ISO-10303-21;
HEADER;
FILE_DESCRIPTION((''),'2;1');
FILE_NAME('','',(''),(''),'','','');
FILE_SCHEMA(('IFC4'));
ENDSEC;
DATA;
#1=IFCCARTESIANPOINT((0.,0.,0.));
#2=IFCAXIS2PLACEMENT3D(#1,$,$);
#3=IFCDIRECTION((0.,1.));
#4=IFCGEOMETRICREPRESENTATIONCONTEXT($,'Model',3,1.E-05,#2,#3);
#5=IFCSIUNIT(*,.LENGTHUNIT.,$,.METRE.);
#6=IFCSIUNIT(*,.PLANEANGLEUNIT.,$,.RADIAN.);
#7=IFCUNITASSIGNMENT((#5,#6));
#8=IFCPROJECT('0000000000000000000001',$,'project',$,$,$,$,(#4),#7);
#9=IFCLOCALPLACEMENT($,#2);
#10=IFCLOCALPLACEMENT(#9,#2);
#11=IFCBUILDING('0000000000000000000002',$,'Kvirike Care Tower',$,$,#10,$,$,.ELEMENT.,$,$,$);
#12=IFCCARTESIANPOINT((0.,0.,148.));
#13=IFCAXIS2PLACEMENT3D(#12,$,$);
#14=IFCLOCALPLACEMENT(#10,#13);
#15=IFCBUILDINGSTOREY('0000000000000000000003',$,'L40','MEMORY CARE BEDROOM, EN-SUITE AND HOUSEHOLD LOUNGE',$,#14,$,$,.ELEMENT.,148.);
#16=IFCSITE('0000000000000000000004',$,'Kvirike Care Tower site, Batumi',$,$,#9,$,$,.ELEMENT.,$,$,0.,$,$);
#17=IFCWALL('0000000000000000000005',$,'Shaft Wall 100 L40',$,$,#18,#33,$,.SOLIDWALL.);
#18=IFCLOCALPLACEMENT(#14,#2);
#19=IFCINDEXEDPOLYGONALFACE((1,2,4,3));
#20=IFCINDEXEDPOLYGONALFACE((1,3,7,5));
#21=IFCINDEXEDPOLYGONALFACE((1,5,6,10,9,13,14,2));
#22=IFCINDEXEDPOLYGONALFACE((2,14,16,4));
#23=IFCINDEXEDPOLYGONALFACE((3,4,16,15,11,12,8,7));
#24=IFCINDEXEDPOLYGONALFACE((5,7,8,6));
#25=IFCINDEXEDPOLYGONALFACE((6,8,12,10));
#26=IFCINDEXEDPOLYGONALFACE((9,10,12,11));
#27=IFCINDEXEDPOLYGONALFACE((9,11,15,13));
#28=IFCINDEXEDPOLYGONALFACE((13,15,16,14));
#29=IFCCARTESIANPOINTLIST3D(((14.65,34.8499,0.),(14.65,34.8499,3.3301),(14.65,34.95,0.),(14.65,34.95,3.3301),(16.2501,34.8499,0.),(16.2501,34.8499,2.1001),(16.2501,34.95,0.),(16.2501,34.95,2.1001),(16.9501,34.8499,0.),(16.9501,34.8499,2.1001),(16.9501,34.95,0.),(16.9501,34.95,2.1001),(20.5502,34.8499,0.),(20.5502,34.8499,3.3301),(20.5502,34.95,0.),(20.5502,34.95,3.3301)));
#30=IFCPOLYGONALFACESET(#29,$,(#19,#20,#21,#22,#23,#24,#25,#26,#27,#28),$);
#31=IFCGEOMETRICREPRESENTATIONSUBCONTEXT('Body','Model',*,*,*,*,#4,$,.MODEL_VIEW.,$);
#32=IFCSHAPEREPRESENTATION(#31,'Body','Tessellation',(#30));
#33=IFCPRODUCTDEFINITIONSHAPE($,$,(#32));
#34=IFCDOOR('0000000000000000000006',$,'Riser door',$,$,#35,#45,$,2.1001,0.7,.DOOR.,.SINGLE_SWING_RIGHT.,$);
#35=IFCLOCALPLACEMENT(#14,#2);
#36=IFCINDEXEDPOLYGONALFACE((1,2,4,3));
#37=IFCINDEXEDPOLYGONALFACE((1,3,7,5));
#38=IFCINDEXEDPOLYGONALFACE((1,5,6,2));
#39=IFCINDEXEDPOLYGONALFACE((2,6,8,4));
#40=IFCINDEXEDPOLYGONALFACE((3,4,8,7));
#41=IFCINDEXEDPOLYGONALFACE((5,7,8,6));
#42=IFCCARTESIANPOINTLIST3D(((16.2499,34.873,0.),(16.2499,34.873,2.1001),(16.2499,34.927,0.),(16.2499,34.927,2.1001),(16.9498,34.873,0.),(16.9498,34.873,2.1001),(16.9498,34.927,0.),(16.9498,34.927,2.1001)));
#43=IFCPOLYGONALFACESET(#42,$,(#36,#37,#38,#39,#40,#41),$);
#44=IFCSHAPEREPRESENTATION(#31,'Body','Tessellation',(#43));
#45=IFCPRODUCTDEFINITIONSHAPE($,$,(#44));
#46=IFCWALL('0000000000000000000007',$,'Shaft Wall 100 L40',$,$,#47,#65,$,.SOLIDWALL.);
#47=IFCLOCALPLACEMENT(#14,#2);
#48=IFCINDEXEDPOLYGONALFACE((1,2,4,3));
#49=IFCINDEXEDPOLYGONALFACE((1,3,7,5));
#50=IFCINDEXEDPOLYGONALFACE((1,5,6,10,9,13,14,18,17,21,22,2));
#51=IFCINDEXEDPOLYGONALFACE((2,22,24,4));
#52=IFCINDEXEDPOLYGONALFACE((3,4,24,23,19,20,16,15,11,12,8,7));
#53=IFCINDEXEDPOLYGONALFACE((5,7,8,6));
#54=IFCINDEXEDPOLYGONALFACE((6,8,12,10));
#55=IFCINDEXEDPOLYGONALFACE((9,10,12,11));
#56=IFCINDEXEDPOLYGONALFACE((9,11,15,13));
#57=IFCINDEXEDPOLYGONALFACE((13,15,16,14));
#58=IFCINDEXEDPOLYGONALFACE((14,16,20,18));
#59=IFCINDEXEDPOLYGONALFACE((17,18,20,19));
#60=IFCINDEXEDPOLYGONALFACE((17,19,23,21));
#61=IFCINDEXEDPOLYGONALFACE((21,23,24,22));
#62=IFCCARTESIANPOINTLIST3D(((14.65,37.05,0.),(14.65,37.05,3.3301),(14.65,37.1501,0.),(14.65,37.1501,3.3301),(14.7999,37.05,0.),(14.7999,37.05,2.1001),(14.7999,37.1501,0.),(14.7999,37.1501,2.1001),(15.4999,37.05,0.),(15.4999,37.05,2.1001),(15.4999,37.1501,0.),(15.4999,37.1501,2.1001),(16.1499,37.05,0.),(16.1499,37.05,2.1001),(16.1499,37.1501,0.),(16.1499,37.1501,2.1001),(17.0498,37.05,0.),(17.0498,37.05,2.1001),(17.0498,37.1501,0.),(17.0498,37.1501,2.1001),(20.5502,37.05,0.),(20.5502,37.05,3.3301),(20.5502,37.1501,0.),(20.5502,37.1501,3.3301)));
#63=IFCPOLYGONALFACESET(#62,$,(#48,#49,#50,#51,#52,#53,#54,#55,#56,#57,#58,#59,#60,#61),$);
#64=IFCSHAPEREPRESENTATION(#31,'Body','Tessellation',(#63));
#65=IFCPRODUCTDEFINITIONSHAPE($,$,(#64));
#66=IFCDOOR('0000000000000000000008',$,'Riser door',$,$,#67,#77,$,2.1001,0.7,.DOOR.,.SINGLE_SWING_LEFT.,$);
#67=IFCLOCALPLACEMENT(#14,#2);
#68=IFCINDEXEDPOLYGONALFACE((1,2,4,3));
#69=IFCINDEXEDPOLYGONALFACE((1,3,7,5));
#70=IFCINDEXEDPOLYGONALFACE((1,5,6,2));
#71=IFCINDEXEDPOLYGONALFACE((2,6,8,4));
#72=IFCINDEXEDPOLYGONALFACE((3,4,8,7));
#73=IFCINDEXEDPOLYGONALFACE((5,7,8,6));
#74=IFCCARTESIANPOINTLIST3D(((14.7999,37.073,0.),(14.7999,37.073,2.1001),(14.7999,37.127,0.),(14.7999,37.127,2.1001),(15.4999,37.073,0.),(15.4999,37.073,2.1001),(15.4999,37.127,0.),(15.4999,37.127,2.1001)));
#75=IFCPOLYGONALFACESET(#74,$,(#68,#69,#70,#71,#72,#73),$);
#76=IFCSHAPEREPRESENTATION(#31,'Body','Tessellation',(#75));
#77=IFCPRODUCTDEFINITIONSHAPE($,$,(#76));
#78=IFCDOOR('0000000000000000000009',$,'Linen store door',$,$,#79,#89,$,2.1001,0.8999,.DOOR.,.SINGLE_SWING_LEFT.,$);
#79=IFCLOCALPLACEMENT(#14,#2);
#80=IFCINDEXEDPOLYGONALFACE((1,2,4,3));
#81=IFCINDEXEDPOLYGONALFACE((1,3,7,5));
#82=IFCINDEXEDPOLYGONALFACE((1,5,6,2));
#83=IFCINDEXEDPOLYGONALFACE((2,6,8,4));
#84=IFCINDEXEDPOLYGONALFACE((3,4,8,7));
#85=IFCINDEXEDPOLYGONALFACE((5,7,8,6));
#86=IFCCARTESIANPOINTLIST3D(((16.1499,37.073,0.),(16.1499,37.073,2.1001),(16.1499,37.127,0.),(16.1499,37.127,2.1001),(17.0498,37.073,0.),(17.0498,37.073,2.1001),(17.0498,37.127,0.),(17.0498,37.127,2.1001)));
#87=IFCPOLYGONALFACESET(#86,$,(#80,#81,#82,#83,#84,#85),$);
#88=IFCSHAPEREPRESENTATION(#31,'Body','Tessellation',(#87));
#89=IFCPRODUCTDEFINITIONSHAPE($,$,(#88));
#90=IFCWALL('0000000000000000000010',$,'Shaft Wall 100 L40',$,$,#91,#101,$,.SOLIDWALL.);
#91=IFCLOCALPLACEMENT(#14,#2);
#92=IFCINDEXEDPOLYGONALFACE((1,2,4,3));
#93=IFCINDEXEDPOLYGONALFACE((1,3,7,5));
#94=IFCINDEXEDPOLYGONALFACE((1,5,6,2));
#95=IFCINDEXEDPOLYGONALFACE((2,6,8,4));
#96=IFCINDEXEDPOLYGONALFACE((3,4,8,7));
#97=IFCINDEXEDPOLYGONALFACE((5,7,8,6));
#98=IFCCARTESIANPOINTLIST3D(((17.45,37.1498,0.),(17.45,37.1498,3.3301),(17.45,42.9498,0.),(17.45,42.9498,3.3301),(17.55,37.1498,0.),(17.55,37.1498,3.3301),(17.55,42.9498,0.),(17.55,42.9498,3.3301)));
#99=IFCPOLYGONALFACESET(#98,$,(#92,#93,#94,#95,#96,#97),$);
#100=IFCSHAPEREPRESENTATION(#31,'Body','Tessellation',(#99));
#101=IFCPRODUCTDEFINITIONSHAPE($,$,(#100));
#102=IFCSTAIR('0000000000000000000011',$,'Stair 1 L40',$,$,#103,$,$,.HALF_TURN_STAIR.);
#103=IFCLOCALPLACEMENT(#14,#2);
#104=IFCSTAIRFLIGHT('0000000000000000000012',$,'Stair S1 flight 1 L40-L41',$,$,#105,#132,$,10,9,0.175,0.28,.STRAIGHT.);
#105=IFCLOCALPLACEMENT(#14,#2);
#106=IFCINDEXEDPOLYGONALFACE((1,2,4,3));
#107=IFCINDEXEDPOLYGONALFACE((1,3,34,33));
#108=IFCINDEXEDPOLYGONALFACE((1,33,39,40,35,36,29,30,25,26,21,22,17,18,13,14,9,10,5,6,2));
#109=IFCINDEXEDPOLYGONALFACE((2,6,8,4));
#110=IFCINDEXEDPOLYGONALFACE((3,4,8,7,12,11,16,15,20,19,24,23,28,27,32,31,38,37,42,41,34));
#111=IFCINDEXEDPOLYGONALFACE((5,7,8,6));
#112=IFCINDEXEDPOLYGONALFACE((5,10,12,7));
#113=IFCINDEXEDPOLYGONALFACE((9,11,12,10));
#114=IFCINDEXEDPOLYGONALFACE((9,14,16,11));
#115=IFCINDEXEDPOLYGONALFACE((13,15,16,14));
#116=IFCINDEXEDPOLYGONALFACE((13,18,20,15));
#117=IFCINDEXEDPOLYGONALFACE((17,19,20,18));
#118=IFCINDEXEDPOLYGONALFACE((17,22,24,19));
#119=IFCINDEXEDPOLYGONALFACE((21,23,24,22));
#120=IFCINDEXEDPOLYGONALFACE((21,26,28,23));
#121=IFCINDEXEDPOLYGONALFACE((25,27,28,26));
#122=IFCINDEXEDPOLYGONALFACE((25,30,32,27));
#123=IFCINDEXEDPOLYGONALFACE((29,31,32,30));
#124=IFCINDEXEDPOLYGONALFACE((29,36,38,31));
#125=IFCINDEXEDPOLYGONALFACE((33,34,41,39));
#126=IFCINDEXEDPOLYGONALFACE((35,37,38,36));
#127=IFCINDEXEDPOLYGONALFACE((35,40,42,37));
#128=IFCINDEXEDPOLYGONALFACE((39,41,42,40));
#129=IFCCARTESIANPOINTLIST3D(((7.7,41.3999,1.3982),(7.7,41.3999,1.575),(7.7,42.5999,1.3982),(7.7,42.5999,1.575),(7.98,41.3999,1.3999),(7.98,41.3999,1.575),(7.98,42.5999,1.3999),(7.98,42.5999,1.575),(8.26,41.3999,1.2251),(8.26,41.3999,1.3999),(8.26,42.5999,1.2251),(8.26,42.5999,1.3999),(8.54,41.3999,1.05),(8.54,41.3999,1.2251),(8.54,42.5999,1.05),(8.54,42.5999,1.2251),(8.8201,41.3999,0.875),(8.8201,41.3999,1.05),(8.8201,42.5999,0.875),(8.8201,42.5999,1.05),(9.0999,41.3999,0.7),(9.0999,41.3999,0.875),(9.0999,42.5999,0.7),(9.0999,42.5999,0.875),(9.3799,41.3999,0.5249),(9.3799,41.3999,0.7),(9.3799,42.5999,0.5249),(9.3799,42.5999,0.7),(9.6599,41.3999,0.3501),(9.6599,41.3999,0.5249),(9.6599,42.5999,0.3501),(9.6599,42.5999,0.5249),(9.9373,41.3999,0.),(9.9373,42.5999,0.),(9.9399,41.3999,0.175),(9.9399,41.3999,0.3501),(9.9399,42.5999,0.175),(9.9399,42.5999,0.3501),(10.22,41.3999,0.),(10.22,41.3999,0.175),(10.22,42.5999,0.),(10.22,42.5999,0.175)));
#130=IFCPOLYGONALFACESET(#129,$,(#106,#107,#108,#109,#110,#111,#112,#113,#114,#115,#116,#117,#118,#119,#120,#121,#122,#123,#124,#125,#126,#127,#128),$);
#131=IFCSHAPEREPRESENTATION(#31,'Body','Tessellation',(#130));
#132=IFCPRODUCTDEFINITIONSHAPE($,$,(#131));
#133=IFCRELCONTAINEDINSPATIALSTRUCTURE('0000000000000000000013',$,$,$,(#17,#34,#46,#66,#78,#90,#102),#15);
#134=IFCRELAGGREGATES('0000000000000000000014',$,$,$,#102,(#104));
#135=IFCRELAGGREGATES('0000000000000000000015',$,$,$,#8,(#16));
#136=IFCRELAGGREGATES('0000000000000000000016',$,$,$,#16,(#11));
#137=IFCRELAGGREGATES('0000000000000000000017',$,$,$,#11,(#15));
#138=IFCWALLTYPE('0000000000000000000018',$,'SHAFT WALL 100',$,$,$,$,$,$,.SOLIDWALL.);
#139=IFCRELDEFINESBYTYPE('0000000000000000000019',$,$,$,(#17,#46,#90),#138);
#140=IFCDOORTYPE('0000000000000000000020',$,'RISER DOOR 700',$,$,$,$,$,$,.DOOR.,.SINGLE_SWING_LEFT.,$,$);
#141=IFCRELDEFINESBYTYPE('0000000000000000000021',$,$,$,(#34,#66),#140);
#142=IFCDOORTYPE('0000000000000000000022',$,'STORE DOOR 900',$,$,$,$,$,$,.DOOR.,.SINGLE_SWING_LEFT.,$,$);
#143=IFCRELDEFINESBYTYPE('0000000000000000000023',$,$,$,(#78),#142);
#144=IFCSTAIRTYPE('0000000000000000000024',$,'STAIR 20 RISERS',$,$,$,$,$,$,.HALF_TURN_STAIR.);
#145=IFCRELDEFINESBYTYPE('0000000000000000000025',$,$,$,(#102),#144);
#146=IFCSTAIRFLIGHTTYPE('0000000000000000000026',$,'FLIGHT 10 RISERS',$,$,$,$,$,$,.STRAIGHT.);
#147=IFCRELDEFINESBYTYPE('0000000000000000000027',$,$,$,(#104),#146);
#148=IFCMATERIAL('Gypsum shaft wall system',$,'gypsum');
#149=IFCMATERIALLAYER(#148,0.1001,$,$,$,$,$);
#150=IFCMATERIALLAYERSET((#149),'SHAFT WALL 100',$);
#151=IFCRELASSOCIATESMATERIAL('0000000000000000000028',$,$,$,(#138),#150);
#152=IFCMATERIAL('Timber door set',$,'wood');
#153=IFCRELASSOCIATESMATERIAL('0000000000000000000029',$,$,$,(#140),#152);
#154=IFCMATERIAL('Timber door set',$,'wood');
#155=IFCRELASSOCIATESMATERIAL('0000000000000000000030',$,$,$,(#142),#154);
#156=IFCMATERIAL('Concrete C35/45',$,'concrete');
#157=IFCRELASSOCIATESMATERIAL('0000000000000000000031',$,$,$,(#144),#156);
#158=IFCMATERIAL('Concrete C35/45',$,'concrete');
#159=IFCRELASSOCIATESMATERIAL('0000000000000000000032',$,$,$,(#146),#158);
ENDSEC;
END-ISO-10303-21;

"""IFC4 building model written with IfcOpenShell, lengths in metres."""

from ifc_helpers import new_model, si_unit, direction, frame, frame_2d, origin, place, context, subcontext, project, spatial, polyline, rectangle, outline, extrude, material, layer, layer_set, type_object, element, fill, aggregate, save


model = new_model("IFC4")

# Units and contexts
model_context = context("Model", 3, precision=1e-05, world=origin(), true_north=direction((0.0, 1.0)))
body_context = subcontext(model_context, "Body", "Model", "MODEL_VIEW")
ifc_project = project(units=[si_unit("LENGTHUNIT", "METRE"), si_unit("PLANEANGLEUNIT", "RADIAN")], contexts=[model_context])

# Site, building, storey
site_placement = place(None, origin())
site = spatial("IfcSite", under=ifc_project, at=site_placement, Name="Kvirike Care Tower site, Batumi", CompositionType="ELEMENT", RefElevation=0.0)
building_placement = place(site_placement, origin())
building = spatial("IfcBuilding", under=site, at=building_placement, Name="Kvirike Care Tower", CompositionType="ELEMENT")
storey_placement = place(building_placement, frame((0.0, 0.0, 148.0)))
storey = spatial("IfcBuildingStorey", under=building, at=storey_placement, Name="L40", Description="MEMORY CARE BEDROOM, EN-SUITE AND HOUSEHOLD LOUNGE", CompositionType="ELEMENT", Elevation=148.0)

# Shared definitions
ifc_material_1 = material(Name="Gypsum shaft wall system", Category="gypsum")
ifc_layer_1 = layer(ifc_material_1, 0.1001)
ifc_layer_set_1 = layer_set([ifc_layer_1], Name="SHAFT WALL 100")
wall_type_1 = type_object("IfcWallType", Name="SHAFT WALL 100", PredefinedType="SOLIDWALL", material=ifc_layer_set_1)

# Wall, opening, door
wall_1_placement = place(storey_placement, frame((14.6499, 34.8999, 0.0), z_axis=(0.0, 0.0, 1.0), x_axis=(1.0, 0.0, 0.0)))
wall_1 = element("IfcWall", 1, at=wall_1_placement, inside=storey, type_object=wall_type_1, Name="Shaft Wall 100 L40", PredefinedType="SOLIDWALL", context=body_context, shape_type="SweptSolid", body=[
    extrude(rectangle(XDim=5.9001, YDim=0.1001, at=frame_2d((2.9502, 0.0))), origin(), (0.0, 0.0, 1.0), 3.3301),
])
opening_1_placement = place(wall_1_placement, frame((1.6001, 0.0, 0.0)))
opening_1 = element("IfcOpeningElement", 2, at=opening_1_placement, cuts=wall_1, PredefinedType="OPENING", context=body_context, shape_type="SweptSolid", body=[
    extrude(rectangle(XDim=0.7, YDim=2.1001, at=frame_2d((0.3501, 1.05))), frame((0.0, 0.0605, 0.0), z_axis=(0.0, -1.0, 0.0), x_axis=(1.0, 0.0, 0.0)), (0.0, 0.0, 1.0), 0.1211),
])
ifc_material_2 = material(Name="Timber door set", Category="wood")
door_type_1 = type_object("IfcDoorType", Name="RISER DOOR 700", OperationType="SINGLE_SWING_LEFT", PredefinedType="DOOR", material=ifc_material_2)
door_1_placement = place(opening_1_placement, frame((0.7, 0.0, 0.0), z_axis=(0.0, 0.0, 1.0), x_axis=(-1.0, 0.0, 0.0)))
door_1 = element("IfcDoor", 3, at=door_1_placement, inside=storey, type_object=door_type_1, Name="Riser door", OperationType="SINGLE_SWING_RIGHT", OverallHeight=2.1001, OverallWidth=0.7, PredefinedType="DOOR", context=body_context, shape_type="SweptSolid", body=[
    extrude(rectangle(XDim=0.7, YDim=2.1001, at=frame_2d((0.3501, 1.05))), frame((0.0, 0.0269, 0.0), z_axis=(0.0, -1.0, 0.0), x_axis=(1.0, 0.0, 0.0)), (0.0, 0.0, 1.0), 0.054),
])
fill(opening_1, door_1)

# Wall, openings, doors
wall_2_placement = place(storey_placement, frame((14.6499, 37.1001, 0.0), z_axis=(0.0, 0.0, 1.0), x_axis=(1.0, 0.0, 0.0)))
wall_2 = element("IfcWall", 4, at=wall_2_placement, inside=storey, type_object=wall_type_1, Name="Shaft Wall 100 L40", PredefinedType="SOLIDWALL", context=body_context, shape_type="SweptSolid", body=[
    extrude(rectangle(XDim=5.9001, YDim=0.1001, at=frame_2d((2.9502, 0.0))), origin(), (0.0, 0.0, 1.0), 3.3301),
])
opening_2_placement = place(wall_2_placement, frame((0.1499, 0.0, 0.0)))
opening_2 = element("IfcOpeningElement", 5, at=opening_2_placement, cuts=wall_2, PredefinedType="OPENING", context=body_context, shape_type="SweptSolid", body=[
    extrude(rectangle(XDim=0.7, YDim=2.1001, at=frame_2d((0.3501, 1.05))), frame((0.0, 0.0605, 0.0), z_axis=(0.0, -1.0, 0.0), x_axis=(1.0, 0.0, 0.0)), (0.0, 0.0, 1.0), 0.1211),
])
opening_3_placement = place(wall_2_placement, frame((1.5, 0.0, 0.0)))
opening_3 = element("IfcOpeningElement", 6, at=opening_3_placement, cuts=wall_2, PredefinedType="OPENING", context=body_context, shape_type="SweptSolid", body=[
    extrude(rectangle(XDim=0.8999, YDim=2.1001, at=frame_2d((0.45, 1.05))), frame((0.0, 0.0605, 0.0), z_axis=(0.0, -1.0, 0.0), x_axis=(1.0, 0.0, 0.0)), (0.0, 0.0, 1.0), 0.1211),
])
door_2_placement = place(opening_2_placement, origin())
door_2 = element("IfcDoor", 7, at=door_2_placement, inside=storey, type_object=door_type_1, Name="Riser door", OperationType="SINGLE_SWING_LEFT", OverallHeight=2.1001, OverallWidth=0.7, PredefinedType="DOOR", context=body_context, shape_type="SweptSolid", body=[
    extrude(rectangle(XDim=0.7, YDim=2.1001, at=frame_2d((0.3501, 1.05))), frame((0.0, 0.0269, 0.0), z_axis=(0.0, -1.0, 0.0), x_axis=(1.0, 0.0, 0.0)), (0.0, 0.0, 1.0), 0.054),
])
fill(opening_2, door_2)
ifc_material_3 = material(Name="Timber door set", Category="wood")
door_type_2 = type_object("IfcDoorType", Name="STORE DOOR 900", OperationType="SINGLE_SWING_LEFT", PredefinedType="DOOR", material=ifc_material_3)
door_3_placement = place(opening_3_placement, origin())
door_3 = element("IfcDoor", 8, at=door_3_placement, inside=storey, type_object=door_type_2, Name="Linen store door", OperationType="SINGLE_SWING_LEFT", OverallHeight=2.1001, OverallWidth=0.8999, PredefinedType="DOOR", context=body_context, shape_type="SweptSolid", body=[
    extrude(rectangle(XDim=0.8999, YDim=2.1001, at=frame_2d((0.45, 1.05))), frame((0.0, 0.0269, 0.0), z_axis=(0.0, -1.0, 0.0), x_axis=(1.0, 0.0, 0.0)), (0.0, 0.0, 1.0), 0.054),
])
fill(opening_3, door_3)

# Wall
wall_3_placement = place(storey_placement, frame((17.5, 37.1499, 0.0), z_axis=(0.0, 0.0, 1.0), x_axis=(0.0, 1.0, 0.0)))
element("IfcWall", 9, at=wall_3_placement, inside=storey, type_object=wall_type_1, Name="Shaft Wall 100 L40", PredefinedType="SOLIDWALL", context=body_context, shape_type="SweptSolid", body=[
    extrude(rectangle(XDim=5.8, YDim=0.1001, at=frame_2d((2.8999, 0.0))), origin(), (0.0, 0.0, 1.0), 3.3301),
])

# Stair, stair flight
ifc_material_4 = material(Name="Concrete C35/45", Category="concrete")
stair_type = type_object("IfcStairType", Name="STAIR 20 RISERS", PredefinedType="HALF_TURN_STAIR", material=ifc_material_4)
stair_placement = place(storey_placement, origin())
stair = element("IfcStair", 10, at=stair_placement, inside=storey, type_object=stair_type, Name="Stair 1 L40", PredefinedType="HALF_TURN_STAIR")
ifc_material_5 = material(Name="Concrete C35/45", Category="concrete")
stair_flight_type = type_object("IfcStairFlightType", Name="FLIGHT 10 RISERS", PredefinedType="STRAIGHT", material=ifc_material_5)
stair_flight_placement = place(storey_placement, frame((10.22, 42.0, 0.0), z_axis=(0.0, 0.0, 1.0), x_axis=(-1.0, 0.0, 0.0)))
stair_flight = element("IfcStairFlight", 11, at=stair_flight_placement, type_object=stair_flight_type, Name="Stair S1 flight 1 L40-L41", NumberOfRisers=10, NumberOfTreads=9, PredefinedType="STRAIGHT", RiserHeight=0.175, TreadLength=0.28, context=body_context, shape_type="SweptSolid", body=[
    extrude(outline(polyline([(0.0, 0.0), (0.0, 0.175), (0.28, 0.175), (0.28, 0.3501), (0.5601, 0.3501), (0.5601, 0.5249), (0.8401, 0.5249), (0.8401, 0.7), (1.1201, 0.7), (1.1201, 0.875), (1.3999, 0.875), (1.3999, 1.05), (1.6799, 1.05), (1.6799, 1.2251), (1.96, 1.2251), (1.96, 1.3999), (2.24, 1.3999), (2.24, 1.575), (2.52, 1.575), (2.52, 1.75), (2.52, 1.3982), (0.2827, 0.0), (0.0, 0.0)])), frame((0.0, 0.6001, 0.0), z_axis=(0.0, -1.0, 0.0), x_axis=(1.0, 0.0, 0.0)), (0.0, 0.0, 1.0), 1.2),
])
aggregate(stair, [stair_flight])

save(model, "model.ifc")
